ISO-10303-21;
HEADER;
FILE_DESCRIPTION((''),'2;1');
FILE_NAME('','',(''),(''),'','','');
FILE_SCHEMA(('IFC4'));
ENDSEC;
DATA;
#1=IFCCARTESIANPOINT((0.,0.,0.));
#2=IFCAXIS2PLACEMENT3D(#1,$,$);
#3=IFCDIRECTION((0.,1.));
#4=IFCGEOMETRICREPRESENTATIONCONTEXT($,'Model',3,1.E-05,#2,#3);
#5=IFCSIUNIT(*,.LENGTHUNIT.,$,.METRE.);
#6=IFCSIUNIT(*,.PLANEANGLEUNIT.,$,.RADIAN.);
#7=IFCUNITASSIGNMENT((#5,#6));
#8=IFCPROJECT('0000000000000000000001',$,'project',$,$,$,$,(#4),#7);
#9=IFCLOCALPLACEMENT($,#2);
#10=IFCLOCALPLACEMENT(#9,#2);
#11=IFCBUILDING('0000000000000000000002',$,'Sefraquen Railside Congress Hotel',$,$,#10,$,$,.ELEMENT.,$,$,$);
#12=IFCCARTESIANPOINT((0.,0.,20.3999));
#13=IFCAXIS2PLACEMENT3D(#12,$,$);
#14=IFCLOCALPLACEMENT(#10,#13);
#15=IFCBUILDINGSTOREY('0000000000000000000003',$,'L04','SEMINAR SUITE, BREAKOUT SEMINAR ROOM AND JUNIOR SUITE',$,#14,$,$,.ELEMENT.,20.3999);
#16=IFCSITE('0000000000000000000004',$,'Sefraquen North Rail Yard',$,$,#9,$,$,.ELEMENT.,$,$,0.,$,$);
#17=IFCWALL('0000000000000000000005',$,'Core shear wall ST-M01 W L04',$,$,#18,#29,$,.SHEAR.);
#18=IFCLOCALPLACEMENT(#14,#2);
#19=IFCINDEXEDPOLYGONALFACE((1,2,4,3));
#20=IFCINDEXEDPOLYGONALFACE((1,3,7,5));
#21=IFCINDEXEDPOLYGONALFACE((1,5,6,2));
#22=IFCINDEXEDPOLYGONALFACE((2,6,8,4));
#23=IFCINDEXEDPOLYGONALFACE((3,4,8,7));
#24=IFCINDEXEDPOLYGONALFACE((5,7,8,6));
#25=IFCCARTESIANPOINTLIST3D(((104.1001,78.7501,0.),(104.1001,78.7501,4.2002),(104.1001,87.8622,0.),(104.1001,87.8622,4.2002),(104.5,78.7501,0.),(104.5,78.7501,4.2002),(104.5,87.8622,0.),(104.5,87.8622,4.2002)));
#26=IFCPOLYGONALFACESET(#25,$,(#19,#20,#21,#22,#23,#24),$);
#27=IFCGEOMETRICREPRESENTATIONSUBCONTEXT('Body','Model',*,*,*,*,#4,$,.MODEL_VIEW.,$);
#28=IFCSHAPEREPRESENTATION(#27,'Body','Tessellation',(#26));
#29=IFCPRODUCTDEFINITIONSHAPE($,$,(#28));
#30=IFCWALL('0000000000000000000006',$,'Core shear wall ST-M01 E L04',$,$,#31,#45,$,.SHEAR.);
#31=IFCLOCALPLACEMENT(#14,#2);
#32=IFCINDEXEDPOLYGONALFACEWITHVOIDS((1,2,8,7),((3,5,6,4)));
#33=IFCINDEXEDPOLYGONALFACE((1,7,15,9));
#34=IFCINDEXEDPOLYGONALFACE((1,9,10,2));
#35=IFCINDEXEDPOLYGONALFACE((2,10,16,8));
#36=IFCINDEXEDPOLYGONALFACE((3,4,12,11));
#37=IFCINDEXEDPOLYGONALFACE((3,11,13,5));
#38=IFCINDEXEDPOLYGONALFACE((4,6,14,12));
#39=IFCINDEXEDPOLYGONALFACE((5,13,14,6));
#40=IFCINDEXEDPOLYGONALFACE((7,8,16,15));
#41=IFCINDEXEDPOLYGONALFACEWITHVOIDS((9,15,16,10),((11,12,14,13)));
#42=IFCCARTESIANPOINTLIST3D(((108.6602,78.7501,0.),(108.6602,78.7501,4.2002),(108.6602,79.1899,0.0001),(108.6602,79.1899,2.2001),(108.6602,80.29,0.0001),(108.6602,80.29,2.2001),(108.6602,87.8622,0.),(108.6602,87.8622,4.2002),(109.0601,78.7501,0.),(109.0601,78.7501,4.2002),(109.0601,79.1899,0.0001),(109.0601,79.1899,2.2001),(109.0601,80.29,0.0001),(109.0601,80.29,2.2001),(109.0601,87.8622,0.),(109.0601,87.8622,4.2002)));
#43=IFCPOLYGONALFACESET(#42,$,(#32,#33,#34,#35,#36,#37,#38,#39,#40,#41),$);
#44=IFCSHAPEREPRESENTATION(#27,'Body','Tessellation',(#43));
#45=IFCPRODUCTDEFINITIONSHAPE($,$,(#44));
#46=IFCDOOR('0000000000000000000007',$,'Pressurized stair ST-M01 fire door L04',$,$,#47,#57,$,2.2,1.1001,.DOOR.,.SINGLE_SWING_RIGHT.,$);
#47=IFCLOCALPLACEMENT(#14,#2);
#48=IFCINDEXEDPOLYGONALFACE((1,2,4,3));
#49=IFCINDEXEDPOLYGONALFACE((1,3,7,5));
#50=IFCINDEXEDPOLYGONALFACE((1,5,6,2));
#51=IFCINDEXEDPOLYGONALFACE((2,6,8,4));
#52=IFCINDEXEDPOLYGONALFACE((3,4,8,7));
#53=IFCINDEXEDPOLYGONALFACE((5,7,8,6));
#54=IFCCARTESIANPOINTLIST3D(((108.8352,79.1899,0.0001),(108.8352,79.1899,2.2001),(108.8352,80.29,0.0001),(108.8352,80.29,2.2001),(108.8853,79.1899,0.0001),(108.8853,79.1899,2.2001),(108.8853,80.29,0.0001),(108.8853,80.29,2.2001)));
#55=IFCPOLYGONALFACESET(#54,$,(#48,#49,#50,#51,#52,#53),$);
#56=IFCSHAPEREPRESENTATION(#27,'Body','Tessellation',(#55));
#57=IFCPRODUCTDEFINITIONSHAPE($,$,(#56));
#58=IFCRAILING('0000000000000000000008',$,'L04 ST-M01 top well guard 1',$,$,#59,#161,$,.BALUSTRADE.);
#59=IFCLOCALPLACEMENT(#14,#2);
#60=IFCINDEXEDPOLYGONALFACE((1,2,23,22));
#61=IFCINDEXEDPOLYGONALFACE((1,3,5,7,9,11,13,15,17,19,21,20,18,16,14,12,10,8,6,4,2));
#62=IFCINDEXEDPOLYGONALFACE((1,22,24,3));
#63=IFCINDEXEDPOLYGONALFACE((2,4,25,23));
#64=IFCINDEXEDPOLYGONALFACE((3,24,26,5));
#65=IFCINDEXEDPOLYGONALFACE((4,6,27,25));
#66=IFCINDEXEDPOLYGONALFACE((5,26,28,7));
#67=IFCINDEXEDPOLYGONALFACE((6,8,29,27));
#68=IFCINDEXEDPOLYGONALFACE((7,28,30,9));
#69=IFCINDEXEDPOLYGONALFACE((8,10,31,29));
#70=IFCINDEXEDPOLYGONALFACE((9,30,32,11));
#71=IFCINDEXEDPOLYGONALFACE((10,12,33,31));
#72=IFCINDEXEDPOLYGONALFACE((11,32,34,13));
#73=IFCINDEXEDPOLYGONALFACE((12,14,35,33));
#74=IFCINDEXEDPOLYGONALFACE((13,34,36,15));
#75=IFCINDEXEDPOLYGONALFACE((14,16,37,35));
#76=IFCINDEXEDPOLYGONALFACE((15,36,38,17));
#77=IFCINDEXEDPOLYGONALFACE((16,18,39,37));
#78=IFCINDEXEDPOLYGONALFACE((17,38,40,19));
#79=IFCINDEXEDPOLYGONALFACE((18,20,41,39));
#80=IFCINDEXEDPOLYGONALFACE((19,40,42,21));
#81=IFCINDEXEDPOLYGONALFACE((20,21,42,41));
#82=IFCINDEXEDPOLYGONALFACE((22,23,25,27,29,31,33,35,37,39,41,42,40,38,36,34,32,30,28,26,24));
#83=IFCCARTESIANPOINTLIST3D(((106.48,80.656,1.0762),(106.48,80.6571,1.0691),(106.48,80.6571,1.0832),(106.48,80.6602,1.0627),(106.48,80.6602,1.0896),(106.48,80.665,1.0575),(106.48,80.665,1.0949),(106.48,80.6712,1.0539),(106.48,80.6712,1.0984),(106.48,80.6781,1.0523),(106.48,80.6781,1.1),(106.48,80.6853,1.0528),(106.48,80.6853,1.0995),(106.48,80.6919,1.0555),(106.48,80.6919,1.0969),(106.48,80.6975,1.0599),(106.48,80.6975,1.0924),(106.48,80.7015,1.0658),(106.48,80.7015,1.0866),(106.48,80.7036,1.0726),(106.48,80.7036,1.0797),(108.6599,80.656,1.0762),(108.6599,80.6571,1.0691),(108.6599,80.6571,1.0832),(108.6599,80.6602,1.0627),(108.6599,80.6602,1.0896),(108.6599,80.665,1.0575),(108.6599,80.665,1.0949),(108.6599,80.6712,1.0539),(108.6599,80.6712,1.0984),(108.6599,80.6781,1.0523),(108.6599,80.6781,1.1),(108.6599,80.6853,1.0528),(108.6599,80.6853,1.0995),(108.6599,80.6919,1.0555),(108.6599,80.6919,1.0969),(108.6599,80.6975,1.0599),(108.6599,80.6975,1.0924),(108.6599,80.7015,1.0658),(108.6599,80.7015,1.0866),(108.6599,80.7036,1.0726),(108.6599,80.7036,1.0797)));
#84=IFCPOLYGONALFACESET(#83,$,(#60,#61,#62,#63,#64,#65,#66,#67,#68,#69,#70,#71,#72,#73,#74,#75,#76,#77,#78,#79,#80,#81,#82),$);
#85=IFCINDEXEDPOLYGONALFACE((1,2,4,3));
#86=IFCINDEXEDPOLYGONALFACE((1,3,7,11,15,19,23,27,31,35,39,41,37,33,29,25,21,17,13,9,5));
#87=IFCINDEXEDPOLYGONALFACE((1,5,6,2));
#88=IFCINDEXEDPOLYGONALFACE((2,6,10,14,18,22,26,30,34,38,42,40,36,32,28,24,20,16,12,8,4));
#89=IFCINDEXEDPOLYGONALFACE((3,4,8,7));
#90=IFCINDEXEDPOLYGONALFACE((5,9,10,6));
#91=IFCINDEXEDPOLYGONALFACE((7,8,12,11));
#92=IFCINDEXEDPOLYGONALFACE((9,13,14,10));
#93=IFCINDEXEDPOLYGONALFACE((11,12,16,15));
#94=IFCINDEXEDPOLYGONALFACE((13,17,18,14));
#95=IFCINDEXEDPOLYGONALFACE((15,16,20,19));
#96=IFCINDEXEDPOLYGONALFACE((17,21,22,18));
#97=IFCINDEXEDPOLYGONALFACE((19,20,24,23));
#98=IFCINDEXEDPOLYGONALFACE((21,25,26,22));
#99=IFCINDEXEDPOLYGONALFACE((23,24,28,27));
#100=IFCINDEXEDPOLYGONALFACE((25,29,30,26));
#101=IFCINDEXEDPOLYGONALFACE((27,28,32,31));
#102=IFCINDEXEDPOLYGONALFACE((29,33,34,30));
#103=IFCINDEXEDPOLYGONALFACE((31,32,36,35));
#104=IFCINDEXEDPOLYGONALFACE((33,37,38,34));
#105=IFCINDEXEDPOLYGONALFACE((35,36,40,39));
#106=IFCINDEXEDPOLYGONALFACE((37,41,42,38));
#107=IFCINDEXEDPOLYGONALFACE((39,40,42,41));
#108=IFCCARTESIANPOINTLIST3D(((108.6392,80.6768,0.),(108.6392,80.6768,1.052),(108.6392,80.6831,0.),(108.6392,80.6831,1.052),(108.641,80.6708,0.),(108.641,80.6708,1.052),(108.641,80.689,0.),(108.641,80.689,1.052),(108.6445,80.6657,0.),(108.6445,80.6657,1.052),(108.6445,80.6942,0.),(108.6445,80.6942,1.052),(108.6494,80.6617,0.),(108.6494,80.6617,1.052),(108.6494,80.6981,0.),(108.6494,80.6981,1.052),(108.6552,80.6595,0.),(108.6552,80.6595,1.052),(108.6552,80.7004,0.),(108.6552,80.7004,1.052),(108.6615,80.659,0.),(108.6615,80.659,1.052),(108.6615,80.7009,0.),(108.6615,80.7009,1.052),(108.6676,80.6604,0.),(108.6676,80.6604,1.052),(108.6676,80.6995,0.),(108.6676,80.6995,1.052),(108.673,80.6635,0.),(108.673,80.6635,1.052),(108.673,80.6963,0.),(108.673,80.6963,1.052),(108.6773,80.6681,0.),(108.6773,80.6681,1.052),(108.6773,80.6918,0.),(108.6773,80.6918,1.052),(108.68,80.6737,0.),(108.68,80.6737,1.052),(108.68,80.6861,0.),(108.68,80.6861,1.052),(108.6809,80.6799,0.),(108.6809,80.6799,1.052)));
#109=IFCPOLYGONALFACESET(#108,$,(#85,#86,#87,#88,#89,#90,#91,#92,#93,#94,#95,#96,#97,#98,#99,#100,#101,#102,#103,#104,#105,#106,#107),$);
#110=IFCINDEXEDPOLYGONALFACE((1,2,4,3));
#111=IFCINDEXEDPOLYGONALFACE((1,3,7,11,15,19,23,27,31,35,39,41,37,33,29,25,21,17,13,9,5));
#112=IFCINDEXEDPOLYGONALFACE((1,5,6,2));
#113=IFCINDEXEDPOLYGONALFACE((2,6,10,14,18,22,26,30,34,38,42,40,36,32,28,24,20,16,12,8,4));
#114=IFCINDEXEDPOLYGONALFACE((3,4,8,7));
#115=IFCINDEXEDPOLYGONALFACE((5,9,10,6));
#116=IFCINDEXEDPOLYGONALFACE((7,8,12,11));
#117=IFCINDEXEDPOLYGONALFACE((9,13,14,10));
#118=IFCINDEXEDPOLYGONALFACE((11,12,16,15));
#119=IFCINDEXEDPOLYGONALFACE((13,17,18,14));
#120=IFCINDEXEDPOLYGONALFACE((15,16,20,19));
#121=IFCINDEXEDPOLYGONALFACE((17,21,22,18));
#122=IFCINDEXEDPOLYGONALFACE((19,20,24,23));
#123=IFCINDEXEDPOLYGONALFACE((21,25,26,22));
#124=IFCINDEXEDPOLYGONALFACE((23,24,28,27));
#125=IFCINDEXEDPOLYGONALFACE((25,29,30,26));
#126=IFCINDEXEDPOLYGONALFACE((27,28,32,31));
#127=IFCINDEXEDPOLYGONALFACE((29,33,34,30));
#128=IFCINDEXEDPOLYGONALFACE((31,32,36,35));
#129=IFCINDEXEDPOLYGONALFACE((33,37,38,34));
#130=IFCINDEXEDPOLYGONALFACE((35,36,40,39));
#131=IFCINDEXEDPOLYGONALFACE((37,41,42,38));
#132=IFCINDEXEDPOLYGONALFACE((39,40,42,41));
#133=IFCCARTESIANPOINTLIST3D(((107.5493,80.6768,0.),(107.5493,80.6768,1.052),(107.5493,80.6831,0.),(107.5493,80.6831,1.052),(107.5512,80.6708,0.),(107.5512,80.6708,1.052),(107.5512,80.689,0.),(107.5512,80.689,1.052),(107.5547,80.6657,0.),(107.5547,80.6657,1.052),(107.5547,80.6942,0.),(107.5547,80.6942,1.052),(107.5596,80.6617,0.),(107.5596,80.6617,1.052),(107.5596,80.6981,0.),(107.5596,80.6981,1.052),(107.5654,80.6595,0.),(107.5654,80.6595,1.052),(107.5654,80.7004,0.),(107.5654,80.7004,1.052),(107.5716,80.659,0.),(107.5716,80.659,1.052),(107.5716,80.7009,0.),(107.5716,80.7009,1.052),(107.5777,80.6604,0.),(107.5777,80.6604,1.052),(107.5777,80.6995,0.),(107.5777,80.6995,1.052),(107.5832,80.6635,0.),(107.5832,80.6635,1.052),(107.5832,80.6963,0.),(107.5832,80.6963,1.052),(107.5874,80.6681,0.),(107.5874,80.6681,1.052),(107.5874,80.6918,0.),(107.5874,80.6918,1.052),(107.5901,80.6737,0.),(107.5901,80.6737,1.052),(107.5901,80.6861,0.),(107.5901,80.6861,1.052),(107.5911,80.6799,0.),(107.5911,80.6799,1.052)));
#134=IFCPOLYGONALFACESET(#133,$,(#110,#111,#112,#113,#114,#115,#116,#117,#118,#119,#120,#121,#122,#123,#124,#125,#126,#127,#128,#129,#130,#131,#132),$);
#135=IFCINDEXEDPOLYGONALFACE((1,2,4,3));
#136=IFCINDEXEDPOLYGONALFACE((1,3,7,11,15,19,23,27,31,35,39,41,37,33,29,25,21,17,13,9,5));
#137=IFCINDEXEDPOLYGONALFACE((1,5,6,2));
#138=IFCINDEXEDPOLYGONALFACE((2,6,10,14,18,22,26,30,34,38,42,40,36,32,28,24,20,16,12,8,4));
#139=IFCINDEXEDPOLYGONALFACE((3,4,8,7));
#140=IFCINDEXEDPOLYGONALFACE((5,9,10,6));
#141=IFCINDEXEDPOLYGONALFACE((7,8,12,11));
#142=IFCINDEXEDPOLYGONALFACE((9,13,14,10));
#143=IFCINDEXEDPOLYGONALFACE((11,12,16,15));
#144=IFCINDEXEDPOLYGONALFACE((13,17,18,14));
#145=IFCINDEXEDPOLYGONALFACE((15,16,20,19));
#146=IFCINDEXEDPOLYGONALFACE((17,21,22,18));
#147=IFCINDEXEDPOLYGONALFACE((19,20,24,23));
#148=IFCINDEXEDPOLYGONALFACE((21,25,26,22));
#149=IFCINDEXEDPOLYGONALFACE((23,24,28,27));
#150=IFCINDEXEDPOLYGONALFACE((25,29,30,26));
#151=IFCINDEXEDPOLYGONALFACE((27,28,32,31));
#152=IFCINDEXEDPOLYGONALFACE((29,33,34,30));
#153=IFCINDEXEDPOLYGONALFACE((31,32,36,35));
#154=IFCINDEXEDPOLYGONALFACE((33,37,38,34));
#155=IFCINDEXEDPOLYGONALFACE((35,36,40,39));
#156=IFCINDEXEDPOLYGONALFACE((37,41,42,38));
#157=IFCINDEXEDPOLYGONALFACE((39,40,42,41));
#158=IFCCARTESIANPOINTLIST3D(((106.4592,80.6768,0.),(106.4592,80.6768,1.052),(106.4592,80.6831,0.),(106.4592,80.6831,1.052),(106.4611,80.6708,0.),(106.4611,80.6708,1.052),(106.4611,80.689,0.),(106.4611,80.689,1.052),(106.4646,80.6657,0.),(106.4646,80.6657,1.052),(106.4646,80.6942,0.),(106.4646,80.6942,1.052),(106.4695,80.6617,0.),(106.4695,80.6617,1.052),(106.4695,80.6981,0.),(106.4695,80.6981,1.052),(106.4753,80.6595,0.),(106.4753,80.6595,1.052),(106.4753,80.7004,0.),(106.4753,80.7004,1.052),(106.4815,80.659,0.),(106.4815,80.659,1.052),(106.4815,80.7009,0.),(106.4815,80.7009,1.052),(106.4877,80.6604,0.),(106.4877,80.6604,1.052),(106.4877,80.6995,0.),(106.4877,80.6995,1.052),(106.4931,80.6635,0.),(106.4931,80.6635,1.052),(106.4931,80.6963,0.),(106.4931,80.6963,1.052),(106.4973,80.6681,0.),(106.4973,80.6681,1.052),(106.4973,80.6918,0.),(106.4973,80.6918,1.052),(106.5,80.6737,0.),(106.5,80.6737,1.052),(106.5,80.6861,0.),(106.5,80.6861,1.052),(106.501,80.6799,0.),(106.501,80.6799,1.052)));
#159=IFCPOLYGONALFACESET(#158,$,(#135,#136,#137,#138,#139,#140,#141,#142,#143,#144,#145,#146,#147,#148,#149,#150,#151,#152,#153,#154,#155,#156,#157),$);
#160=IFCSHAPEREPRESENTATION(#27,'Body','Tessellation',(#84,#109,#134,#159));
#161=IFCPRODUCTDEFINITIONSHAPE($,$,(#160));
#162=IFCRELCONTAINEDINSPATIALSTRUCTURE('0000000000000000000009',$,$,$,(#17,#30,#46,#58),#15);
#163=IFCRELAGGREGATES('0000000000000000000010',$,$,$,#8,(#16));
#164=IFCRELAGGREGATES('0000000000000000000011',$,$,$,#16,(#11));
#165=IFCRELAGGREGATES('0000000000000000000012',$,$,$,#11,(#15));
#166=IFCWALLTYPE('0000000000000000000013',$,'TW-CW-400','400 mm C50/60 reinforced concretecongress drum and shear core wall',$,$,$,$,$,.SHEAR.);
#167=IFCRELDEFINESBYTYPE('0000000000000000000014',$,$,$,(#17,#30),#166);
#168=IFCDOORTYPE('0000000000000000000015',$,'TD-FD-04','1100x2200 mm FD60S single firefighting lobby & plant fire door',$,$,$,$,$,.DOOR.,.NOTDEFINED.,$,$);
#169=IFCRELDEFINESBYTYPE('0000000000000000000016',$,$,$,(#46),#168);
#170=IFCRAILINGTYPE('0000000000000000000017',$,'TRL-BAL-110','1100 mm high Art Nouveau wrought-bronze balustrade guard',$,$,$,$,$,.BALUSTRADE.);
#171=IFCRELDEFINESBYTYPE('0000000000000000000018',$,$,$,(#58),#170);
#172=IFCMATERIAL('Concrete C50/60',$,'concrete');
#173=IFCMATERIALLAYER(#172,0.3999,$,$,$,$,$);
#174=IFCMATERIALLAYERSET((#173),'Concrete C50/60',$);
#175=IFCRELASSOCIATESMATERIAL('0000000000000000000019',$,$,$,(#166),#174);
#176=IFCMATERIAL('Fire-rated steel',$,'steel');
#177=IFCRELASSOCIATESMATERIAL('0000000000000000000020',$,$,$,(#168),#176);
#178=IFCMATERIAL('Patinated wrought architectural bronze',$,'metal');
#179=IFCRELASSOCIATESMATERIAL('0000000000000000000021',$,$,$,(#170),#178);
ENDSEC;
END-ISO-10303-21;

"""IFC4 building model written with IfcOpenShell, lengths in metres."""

from ifc_helpers import new_model, si_unit, direction, frame, frame_2d, origin, origin_2d, place, context, subcontext, project, spatial, rectangle, circle, extrude, material, layer, layer_set, type_object, element, fill, save


model = new_model("IFC4")

# Units and contexts
model_context = context("Model", 3, precision=1e-05, world=origin(), true_north=direction((0.0, 1.0)))
body_context = subcontext(model_context, "Body", "Model", "MODEL_VIEW")
ifc_project = project(units=[si_unit("LENGTHUNIT", "METRE"), si_unit("PLANEANGLEUNIT", "RADIAN")], contexts=[model_context])

# Site, building, storey
site_placement = place(None, origin())
site = spatial("IfcSite", under=ifc_project, at=site_placement, Name="Sefraquen North Rail Yard", CompositionType="ELEMENT", RefElevation=0.0)
building_placement = place(site_placement, origin())
building = spatial("IfcBuilding", under=site, at=building_placement, Name="Sefraquen Railside Congress Hotel", CompositionType="ELEMENT")
storey_placement = place(building_placement, frame((0.0, 0.0, 20.3999)))
storey = spatial("IfcBuildingStorey", under=building, at=storey_placement, Name="L04", Description="SEMINAR SUITE, BREAKOUT SEMINAR ROOM AND JUNIOR SUITE", CompositionType="ELEMENT", Elevation=20.3999)

# Wall
ifc_material_1 = material(Name="Concrete C50/60", Category="concrete")
ifc_layer_1 = layer(ifc_material_1, 0.3999)
ifc_layer_set_1 = layer_set([ifc_layer_1], Name="Concrete C50/60")
wall_type = type_object("IfcWallType", Name="TW-CW-400", Description="400 mm C50/60 reinforced concretecongress drum and shear core wall", PredefinedType="SHEAR", material=ifc_layer_set_1)
wall_1_placement = place(storey_placement, frame((104.3, 78.75, 0.0), z_axis=(0.0, 0.0, 1.0), x_axis=(0.0, 1.0, 0.0)))
element("IfcWall", 1, at=wall_1_placement, inside=storey, type_object=wall_type, Name="Core shear wall ST-M01 W L04", PredefinedType="SHEAR", context=body_context, shape_type="SweptSolid", body=[
    extrude(rectangle(XDim=9.1121, YDim=0.3999, at=frame_2d((4.5562, 0.0))), origin(), (0.0, 0.0, 1.0), 4.2002),
])

# Wall, opening, door
wall_2_placement = place(storey_placement, frame((108.8601, 78.75, 0.0), z_axis=(0.0, 0.0, 1.0), x_axis=(0.0, 1.0, 0.0)))
wall_2 = element("IfcWall", 2, at=wall_2_placement, inside=storey, type_object=wall_type, Name="Core shear wall ST-M01 E L04", PredefinedType="SHEAR", context=body_context, shape_type="SweptSolid", body=[
    extrude(rectangle(XDim=9.1121, YDim=0.3999, at=frame_2d((4.5562, 0.0))), origin(), (0.0, 0.0, 1.0), 4.2002),
])
opening_placement = place(wall_2_placement, frame((0.4399, 0.0, 0.0)))
opening = element("IfcOpeningElement", 3, at=opening_placement, cuts=wall_2, PredefinedType="OPENING", context=body_context, shape_type="SweptSolid", body=[
    extrude(rectangle(XDim=1.1001, YDim=2.2, at=frame_2d((0.55, 1.1001))), frame((0.0, 0.21, 0.0), z_axis=(0.0, -1.0, 0.0), x_axis=(1.0, 0.0, 0.0)), (0.0, 0.0, 1.0), 0.4199),
])
ifc_material_2 = material(Name="Fire-rated steel", Category="steel")
door_type = type_object("IfcDoorType", Name="TD-FD-04", Description="1100x2200 mm FD60S single firefighting lobby & plant fire door", OperationType="NOTDEFINED", PredefinedType="DOOR", material=ifc_material_2)
door_placement = place(opening_placement, origin())
door = element("IfcDoor", 4, at=door_placement, inside=storey, type_object=door_type, Name="Pressurized stair ST-M01 fire door L04", OperationType="SINGLE_SWING_RIGHT", OverallHeight=2.2, OverallWidth=1.1001, PredefinedType="DOOR", context=body_context, shape_type="SweptSolid", body=[
    extrude(rectangle(XDim=1.1001, YDim=2.2, at=frame_2d((0.55, 1.1001))), frame((0.0, 0.0249, 0.0), z_axis=(0.0, -1.0, 0.0), x_axis=(1.0, 0.0, 0.0)), (0.0, 0.0, 1.0), 0.05),
])
fill(opening, door)

# Railing
ifc_material_3 = material(Name="Patinated wrought architectural bronze", Category="metal")
railing_type = type_object("IfcRailingType", Name="TRL-BAL-110", Description="1100 mm high Art Nouveau wrought-bronze balustrade guard", PredefinedType="BALUSTRADE", material=ifc_material_3)
railing_placement = place(storey_placement, frame((108.6599, 80.6799, 0.0)))
element("IfcRailing", 5, at=railing_placement, inside=storey, type_object=railing_type, Name="L04 ST-M01 top well guard 1", PredefinedType="BALUSTRADE", context=body_context, shape_type="SweptSolid", body=[
    extrude(circle(Radius=0.0239, at=origin_2d()), frame((0.0, 0.0, 1.0762), z_axis=(-1.0, 0.0, 0.0), x_axis=(0.0, -1.0, 0.0)), (0.0, 0.0, 1.0), 2.1799),
    extrude(circle(Radius=0.021, at=origin_2d()), origin(), (0.0, 0.0, 1.0), 1.052),
    extrude(circle(Radius=0.021, at=origin_2d()), frame((-1.0898, 0.0, 0.0)), (0.0, 0.0, 1.0), 1.052),
    extrude(circle(Radius=0.021, at=origin_2d()), frame((-2.1799, 0.0, 0.0)), (0.0, 0.0, 1.0), 1.052),
])

save(model, "model.ifc")
